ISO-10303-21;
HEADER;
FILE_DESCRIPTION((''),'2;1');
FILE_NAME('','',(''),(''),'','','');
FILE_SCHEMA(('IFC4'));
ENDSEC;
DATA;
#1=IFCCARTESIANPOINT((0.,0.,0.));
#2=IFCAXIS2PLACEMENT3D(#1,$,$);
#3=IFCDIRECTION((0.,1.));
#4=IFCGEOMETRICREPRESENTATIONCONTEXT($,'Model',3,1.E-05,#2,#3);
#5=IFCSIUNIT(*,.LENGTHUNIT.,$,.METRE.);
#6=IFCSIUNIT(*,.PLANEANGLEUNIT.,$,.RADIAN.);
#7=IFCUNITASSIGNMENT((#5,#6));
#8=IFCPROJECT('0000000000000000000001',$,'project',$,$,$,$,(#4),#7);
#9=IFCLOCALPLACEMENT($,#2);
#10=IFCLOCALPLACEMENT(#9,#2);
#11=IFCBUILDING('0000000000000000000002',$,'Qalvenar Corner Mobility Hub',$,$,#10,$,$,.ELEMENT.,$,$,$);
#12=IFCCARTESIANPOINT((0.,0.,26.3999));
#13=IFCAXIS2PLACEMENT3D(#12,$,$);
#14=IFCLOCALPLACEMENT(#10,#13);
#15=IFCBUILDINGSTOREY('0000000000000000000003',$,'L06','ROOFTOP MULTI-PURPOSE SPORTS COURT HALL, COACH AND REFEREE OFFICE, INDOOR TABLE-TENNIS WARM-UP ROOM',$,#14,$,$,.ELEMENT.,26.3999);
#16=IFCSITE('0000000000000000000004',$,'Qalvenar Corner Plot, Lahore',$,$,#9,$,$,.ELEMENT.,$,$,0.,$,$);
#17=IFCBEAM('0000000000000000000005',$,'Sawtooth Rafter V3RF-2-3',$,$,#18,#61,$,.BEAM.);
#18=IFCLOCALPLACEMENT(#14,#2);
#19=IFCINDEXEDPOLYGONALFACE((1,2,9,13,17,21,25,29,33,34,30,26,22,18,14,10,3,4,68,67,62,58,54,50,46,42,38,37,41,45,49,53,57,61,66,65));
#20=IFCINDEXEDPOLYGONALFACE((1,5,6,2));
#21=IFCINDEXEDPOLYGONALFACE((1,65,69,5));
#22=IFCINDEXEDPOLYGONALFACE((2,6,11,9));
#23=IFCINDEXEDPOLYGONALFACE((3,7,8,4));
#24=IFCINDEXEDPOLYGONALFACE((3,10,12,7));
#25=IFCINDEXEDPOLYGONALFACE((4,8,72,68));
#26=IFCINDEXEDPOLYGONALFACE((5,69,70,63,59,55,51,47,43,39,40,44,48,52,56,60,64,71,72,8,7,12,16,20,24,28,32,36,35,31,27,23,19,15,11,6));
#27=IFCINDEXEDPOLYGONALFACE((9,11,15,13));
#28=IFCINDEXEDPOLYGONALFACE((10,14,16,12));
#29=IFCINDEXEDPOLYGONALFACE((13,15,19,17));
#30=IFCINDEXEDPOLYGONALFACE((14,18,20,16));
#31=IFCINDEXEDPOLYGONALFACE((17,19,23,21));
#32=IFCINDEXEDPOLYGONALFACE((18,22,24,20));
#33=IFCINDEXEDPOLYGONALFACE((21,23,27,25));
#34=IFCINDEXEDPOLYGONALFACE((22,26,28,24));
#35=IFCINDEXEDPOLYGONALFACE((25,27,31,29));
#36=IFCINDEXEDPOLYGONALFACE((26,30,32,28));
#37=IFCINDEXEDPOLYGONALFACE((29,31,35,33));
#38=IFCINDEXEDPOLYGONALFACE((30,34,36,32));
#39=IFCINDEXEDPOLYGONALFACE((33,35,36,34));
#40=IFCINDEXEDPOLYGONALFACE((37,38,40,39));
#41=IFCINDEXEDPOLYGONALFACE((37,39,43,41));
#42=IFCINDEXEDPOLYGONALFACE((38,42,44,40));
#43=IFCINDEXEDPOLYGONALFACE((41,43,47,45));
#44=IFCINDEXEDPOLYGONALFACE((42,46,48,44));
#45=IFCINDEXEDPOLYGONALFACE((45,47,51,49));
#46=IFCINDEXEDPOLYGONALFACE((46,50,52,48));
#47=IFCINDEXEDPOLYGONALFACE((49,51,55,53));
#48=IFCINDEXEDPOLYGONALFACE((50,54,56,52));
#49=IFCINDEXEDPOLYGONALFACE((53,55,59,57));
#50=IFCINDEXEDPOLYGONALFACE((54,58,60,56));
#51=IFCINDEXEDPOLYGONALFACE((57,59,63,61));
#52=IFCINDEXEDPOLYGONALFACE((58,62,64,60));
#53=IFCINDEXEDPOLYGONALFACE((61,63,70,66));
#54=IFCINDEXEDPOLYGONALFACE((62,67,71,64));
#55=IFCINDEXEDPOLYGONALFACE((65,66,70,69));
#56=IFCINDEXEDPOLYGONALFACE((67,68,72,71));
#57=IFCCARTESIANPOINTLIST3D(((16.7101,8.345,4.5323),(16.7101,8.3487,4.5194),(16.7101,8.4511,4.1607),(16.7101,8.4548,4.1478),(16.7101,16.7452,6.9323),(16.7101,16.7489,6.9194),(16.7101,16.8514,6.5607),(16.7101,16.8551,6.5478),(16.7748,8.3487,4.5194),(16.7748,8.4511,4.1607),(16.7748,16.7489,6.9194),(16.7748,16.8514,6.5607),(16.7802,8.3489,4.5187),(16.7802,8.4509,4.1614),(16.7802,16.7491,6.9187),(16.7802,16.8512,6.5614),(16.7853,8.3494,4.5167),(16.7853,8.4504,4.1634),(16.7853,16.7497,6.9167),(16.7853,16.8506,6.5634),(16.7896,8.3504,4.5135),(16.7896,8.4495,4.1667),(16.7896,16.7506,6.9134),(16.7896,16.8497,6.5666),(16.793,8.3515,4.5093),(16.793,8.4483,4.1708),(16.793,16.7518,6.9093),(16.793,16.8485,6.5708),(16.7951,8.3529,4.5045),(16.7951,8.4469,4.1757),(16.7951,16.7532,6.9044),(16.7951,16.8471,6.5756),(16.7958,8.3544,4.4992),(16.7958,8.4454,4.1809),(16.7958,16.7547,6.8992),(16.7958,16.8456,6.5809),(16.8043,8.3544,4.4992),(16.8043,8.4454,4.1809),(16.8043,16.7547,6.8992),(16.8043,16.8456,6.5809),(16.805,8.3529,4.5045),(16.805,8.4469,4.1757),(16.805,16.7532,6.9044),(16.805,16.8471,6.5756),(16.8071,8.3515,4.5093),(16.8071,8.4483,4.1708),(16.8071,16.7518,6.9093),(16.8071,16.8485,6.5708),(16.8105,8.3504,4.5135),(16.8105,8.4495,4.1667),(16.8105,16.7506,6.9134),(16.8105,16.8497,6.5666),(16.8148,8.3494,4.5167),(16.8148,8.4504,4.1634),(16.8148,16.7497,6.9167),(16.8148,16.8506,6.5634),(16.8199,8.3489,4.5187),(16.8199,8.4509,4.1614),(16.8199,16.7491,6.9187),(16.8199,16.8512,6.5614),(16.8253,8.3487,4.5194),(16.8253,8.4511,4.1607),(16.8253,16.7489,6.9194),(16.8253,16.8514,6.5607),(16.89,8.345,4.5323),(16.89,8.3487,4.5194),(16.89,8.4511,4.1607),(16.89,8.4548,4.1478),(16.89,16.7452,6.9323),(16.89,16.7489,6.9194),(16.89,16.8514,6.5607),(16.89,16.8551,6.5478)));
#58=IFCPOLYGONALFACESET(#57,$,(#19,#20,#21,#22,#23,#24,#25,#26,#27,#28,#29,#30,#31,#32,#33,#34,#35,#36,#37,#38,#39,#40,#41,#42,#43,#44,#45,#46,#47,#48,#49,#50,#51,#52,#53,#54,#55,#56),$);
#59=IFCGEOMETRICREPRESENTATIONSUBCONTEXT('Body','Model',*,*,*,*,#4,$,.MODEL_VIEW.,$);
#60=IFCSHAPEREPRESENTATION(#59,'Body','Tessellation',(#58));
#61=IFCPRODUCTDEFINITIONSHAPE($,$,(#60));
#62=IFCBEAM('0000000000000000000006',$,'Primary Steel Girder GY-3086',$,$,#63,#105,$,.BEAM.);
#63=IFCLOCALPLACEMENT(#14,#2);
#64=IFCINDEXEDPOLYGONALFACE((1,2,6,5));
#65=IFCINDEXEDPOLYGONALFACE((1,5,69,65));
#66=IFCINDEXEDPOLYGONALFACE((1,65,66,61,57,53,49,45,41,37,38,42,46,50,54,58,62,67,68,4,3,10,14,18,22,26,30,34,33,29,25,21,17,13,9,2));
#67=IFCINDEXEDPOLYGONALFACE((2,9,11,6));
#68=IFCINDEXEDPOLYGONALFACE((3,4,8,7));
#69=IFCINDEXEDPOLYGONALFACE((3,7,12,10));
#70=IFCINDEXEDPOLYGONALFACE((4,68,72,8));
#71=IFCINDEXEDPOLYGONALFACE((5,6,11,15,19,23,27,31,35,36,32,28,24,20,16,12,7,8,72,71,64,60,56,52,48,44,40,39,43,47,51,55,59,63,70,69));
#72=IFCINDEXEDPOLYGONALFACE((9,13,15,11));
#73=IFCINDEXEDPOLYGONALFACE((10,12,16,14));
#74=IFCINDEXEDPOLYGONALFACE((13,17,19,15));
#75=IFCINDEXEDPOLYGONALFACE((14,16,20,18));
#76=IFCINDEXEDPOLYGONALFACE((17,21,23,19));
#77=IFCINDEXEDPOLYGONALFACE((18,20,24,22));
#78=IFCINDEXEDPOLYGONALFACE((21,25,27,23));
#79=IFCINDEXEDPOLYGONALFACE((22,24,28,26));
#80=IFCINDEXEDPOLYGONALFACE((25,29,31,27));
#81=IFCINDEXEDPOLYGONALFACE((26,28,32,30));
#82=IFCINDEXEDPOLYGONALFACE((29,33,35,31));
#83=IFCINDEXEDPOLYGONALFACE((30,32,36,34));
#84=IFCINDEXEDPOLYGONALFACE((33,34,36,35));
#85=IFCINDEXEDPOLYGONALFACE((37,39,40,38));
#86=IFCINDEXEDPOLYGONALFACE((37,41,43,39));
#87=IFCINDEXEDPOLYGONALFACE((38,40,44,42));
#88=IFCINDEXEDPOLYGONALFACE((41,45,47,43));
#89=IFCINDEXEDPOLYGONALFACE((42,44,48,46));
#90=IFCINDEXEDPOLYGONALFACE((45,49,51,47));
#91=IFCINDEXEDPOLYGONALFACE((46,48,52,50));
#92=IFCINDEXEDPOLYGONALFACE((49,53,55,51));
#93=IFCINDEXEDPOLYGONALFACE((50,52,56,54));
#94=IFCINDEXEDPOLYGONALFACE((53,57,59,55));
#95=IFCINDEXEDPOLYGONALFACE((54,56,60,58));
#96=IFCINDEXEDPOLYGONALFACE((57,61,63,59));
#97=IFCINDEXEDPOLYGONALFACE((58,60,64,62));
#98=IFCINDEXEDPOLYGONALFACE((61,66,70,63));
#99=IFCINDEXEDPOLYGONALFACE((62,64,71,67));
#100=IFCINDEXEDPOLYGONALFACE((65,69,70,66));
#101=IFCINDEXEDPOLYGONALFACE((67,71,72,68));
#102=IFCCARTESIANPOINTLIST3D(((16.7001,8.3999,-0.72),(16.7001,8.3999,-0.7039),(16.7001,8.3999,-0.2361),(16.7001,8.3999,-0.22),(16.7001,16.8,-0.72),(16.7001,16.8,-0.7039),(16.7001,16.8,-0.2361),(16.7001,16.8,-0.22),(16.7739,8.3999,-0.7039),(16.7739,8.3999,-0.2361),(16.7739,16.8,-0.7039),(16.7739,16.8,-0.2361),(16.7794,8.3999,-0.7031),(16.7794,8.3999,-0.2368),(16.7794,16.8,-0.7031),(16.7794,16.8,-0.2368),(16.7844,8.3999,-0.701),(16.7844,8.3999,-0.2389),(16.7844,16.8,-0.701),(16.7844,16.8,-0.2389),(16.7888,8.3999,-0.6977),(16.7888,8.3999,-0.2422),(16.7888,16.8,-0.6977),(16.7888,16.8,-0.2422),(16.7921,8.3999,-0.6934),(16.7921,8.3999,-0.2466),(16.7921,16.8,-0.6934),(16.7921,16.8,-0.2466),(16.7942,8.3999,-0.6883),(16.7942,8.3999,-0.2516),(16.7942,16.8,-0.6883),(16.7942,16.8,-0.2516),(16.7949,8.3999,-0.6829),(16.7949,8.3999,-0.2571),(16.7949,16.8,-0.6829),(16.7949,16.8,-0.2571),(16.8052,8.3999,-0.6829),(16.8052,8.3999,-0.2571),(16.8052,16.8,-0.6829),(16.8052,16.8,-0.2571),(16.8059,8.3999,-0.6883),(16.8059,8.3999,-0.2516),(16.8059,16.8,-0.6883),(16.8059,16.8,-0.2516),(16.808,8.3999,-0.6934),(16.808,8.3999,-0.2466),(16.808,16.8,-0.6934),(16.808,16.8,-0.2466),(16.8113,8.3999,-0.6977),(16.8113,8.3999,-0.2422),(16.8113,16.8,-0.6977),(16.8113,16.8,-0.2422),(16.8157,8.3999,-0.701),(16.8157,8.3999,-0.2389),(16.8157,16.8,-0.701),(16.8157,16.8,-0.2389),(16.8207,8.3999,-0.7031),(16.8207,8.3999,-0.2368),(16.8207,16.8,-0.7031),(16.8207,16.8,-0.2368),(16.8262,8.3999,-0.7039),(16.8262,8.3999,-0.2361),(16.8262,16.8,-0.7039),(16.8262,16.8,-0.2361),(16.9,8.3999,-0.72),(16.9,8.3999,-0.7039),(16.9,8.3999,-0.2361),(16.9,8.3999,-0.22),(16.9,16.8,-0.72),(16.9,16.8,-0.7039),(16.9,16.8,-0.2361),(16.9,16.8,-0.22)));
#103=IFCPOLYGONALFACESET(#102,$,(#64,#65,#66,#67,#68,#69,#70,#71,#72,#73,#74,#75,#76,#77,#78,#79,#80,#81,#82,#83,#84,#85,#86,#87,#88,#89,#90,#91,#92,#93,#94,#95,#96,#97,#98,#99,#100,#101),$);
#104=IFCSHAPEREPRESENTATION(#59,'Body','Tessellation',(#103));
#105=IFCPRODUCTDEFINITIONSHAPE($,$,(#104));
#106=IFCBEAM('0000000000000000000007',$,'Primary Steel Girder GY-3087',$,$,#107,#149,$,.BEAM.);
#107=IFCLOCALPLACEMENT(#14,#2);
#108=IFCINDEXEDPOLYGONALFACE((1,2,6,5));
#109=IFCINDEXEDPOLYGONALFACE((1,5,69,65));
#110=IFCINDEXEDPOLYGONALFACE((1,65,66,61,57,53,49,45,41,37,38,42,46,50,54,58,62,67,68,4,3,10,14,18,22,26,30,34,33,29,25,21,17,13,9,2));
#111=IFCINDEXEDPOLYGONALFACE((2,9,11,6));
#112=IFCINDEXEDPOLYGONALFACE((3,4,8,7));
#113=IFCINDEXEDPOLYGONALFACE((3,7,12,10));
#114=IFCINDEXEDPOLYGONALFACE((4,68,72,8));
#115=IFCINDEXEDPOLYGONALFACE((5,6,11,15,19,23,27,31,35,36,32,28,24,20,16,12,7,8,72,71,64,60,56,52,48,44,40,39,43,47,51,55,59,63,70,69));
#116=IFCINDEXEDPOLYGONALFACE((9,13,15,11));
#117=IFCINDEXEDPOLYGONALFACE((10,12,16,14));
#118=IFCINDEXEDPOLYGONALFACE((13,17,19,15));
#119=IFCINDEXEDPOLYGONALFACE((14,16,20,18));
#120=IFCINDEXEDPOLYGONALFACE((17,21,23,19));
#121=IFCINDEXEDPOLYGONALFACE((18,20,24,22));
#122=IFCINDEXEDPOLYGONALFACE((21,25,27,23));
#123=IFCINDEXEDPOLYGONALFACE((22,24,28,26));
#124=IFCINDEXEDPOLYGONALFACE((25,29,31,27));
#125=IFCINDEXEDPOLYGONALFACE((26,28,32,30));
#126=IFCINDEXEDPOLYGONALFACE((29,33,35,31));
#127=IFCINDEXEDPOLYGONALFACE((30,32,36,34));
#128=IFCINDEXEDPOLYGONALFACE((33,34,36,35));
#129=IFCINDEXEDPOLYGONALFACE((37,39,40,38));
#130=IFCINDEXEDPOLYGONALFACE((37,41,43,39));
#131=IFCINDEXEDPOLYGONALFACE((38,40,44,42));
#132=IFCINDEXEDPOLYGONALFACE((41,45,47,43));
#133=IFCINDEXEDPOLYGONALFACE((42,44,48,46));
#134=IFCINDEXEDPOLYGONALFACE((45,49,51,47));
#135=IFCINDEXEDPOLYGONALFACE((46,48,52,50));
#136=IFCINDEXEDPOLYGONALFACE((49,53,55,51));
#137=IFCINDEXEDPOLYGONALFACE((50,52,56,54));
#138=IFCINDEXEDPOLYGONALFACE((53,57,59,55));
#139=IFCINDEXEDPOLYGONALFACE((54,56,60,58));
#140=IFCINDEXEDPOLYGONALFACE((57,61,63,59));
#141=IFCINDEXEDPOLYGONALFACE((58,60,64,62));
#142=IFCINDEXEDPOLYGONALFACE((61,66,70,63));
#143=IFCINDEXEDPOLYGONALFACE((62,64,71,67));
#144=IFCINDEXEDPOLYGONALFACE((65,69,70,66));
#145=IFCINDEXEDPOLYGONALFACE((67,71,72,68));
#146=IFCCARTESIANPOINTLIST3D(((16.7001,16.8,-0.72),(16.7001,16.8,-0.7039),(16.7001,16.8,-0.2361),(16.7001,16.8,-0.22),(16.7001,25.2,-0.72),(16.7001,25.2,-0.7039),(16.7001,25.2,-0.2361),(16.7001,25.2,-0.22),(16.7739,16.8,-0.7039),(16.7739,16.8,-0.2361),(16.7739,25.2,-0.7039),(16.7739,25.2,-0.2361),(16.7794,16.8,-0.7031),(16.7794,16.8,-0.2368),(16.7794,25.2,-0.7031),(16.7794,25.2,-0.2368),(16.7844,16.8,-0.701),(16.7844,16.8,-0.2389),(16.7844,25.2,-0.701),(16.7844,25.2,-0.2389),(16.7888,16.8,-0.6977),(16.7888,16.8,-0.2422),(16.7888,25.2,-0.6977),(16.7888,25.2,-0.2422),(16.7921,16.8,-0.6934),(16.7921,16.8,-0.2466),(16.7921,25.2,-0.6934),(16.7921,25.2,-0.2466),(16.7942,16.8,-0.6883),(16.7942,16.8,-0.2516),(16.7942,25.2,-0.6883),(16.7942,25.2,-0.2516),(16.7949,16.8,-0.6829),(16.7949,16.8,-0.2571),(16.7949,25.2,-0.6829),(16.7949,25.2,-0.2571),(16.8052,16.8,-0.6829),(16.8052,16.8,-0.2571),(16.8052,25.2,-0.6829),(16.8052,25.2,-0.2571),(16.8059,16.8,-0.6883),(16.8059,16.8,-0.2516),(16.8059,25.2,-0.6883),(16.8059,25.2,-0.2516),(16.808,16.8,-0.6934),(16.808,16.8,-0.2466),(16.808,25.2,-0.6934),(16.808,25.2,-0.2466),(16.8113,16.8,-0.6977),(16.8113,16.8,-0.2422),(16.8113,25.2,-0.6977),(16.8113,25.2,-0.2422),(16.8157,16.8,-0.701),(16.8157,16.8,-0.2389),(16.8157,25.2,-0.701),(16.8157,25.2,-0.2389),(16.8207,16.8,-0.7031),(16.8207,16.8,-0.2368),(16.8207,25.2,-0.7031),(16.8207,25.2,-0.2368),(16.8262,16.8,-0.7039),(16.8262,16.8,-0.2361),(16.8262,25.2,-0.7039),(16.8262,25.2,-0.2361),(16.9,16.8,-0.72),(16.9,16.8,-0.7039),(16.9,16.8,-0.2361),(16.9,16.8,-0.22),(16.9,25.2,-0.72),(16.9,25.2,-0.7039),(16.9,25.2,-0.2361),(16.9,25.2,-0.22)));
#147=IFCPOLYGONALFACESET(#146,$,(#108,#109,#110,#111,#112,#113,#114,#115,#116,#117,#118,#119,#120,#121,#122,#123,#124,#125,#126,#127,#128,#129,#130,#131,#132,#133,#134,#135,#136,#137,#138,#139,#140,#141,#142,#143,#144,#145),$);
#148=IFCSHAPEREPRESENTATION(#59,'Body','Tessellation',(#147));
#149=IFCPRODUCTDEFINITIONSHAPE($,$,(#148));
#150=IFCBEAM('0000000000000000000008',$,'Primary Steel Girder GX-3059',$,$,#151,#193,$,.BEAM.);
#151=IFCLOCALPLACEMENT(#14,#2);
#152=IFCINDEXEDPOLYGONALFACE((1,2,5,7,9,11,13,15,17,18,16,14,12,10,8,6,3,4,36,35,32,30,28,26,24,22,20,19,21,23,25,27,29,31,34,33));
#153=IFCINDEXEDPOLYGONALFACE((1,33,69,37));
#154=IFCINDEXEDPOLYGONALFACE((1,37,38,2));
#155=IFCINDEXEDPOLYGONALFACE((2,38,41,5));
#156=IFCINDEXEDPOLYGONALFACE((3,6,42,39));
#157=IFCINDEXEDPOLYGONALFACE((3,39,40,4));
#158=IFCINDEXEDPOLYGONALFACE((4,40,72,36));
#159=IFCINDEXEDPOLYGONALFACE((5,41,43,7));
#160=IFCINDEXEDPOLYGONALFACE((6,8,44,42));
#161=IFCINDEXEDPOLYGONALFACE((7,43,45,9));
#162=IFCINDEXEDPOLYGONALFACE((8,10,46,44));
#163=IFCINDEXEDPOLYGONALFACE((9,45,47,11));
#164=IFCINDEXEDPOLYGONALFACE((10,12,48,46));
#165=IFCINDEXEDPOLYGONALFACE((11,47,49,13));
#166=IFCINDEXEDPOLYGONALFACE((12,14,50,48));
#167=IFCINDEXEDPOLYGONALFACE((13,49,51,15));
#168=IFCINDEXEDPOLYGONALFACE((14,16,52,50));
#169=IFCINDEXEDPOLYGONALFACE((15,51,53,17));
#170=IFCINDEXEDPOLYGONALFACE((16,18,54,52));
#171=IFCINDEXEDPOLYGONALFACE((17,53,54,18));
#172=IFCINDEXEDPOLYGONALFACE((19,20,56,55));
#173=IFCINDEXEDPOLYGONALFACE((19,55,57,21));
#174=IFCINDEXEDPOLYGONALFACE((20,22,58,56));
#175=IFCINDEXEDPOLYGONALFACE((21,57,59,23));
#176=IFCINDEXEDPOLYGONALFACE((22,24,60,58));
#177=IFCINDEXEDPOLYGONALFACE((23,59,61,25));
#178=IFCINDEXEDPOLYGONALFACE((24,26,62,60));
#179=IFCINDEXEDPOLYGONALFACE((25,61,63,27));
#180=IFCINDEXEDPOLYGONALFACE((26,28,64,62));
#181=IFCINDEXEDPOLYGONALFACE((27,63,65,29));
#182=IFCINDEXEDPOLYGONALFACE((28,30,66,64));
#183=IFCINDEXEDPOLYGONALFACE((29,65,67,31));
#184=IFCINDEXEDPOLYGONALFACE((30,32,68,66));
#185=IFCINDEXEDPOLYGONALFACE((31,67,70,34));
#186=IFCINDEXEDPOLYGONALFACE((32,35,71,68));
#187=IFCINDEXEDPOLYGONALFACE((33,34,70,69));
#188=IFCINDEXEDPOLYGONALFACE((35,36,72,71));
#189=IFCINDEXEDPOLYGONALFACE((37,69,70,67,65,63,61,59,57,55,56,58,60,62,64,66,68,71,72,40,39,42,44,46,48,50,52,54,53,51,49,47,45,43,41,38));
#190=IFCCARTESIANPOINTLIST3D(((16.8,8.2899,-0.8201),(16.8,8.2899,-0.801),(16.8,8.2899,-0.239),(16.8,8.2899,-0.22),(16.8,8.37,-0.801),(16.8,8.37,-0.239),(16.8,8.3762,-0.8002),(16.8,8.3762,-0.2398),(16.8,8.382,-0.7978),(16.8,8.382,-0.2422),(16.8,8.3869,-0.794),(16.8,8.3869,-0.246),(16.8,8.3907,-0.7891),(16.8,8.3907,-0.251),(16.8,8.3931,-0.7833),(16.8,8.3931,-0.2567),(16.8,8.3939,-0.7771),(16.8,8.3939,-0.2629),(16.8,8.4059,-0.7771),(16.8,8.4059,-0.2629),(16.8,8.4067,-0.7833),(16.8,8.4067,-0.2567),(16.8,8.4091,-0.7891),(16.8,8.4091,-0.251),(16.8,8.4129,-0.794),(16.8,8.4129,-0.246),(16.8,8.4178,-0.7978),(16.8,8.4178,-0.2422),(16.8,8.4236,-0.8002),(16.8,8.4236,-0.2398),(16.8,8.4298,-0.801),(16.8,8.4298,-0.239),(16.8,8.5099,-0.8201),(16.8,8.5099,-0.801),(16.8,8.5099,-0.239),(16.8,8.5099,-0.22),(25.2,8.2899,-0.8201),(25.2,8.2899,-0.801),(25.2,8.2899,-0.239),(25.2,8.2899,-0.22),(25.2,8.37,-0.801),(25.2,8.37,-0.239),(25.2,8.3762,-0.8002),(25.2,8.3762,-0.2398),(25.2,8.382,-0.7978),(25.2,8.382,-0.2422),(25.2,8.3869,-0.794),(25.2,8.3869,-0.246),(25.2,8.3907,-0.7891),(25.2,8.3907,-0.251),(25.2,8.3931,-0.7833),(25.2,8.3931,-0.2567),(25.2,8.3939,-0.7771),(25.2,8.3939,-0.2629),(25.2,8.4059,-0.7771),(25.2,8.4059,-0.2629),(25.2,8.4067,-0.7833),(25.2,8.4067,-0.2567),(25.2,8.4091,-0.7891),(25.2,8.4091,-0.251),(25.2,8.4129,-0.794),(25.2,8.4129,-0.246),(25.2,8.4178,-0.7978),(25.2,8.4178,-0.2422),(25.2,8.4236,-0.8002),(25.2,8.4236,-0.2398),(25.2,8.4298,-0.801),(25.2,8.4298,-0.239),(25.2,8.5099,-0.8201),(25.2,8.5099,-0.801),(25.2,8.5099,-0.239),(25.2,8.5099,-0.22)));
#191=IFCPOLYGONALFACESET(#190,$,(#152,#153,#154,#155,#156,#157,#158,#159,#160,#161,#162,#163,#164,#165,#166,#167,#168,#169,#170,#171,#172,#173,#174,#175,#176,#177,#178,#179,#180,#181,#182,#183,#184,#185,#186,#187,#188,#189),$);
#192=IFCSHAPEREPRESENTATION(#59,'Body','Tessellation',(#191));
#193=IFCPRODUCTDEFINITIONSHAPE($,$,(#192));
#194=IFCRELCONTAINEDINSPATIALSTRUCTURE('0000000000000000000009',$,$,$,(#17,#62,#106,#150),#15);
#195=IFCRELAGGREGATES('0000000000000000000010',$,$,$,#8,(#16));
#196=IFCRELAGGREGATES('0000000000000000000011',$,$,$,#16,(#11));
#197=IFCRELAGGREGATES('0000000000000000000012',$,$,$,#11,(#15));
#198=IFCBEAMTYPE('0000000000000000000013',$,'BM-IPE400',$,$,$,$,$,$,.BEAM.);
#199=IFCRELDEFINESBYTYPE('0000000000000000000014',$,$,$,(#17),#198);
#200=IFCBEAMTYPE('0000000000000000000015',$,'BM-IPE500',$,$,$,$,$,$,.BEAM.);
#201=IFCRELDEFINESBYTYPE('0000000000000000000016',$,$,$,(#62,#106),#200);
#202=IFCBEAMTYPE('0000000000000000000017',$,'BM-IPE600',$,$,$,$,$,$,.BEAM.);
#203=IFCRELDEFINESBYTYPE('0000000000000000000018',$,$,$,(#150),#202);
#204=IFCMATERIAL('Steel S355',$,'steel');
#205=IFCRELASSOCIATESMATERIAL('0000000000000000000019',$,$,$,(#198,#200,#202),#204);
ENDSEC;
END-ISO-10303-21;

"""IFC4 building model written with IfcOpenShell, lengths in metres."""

from ifc_helpers import new_model, si_unit, direction, frame, origin, origin_2d, place, context, subcontext, project, spatial, i_section, extrude, material, material_profile, profile_set, type_object, element, save


model = new_model("IFC4")

# Units and contexts
model_context = context("Model", 3, precision=1e-05, world=origin(), true_north=direction((0.0, 1.0)))
body_context = subcontext(model_context, "Body", "Model", "MODEL_VIEW")
ifc_project = project(units=[si_unit("LENGTHUNIT", "METRE"), si_unit("PLANEANGLEUNIT", "RADIAN")], contexts=[model_context])

# Site, building, storey
site_placement = place(None, origin())
site = spatial("IfcSite", under=ifc_project, at=site_placement, Name="Qalvenar Corner Plot, Lahore", CompositionType="ELEMENT", RefElevation=0.0)
building_placement = place(site_placement, origin())
building = spatial("IfcBuilding", under=site, at=building_placement, Name="Qalvenar Corner Mobility Hub", CompositionType="ELEMENT")
storey_placement = place(building_placement, frame((0.0, 0.0, 26.3999)))
storey = spatial("IfcBuildingStorey", under=building, at=storey_placement, Name="L06", Description="ROOFTOP MULTI-PURPOSE SPORTS COURT HALL, COACH AND REFEREE OFFICE, INDOOR TABLE-TENNIS WARM-UP ROOM", CompositionType="ELEMENT", Elevation=26.3999)

# Shared definitions
ifc_material_1 = material(Name="Steel S355", Category="steel")

# Beams
ifc_material_profile_1 = material_profile(ifc_material_1, i_section(OverallWidth=0.1799, OverallDepth=0.3999, WebThickness=0.0085, FlangeThickness=0.0134, FilletRadius=0.021, at=origin_2d()), Name="IPE400")
ifc_profile_set_1 = profile_set([ifc_material_profile_1], Name="Steel S355")
beam_type_1 = type_object("IfcBeamType", Name="BM-IPE400", PredefinedType="BEAM", material=ifc_profile_set_1)
beam_1_placement = place(storey_placement, frame((16.8, 8.3999, 4.3401), z_axis=(0.0, 0.961528, 0.274706), x_axis=(-1.0, 0.0, 0.0)))
element("IfcBeam", 1, at=beam_1_placement, inside=storey, type_object=beam_type_1, Name="Sawtooth Rafter V3RF-2-3", PredefinedType="BEAM", context=body_context, shape_type="SweptSolid", body=[
    extrude(i_section(OverallWidth=0.1799, OverallDepth=0.3999, WebThickness=0.0085, FlangeThickness=0.0134, FilletRadius=0.021, at=origin_2d()), origin(), (0.0, 0.0, 1.0), 8.7363),
])
ifc_material_profile_2 = material_profile(ifc_material_1, i_section(OverallWidth=0.2, OverallDepth=0.5, WebThickness=0.0103, FlangeThickness=0.0161, FilletRadius=0.021, at=origin_2d()), Name="IPE500")
ifc_profile_set_2 = profile_set([ifc_material_profile_2], Name="Steel S355")
beam_type_2 = type_object("IfcBeamType", Name="BM-IPE500", PredefinedType="BEAM", material=ifc_profile_set_2)
beam_2_placement = place(storey_placement, frame((16.8, 8.3999, -0.47), z_axis=(0.0, 1.0, 0.0), x_axis=(-1.0, 0.0, 0.0)))
element("IfcBeam", 2, at=beam_2_placement, inside=storey, type_object=beam_type_2, Name="Primary Steel Girder GY-3086", PredefinedType="BEAM", context=body_context, shape_type="SweptSolid", body=[
    extrude(i_section(OverallWidth=0.2, OverallDepth=0.5, WebThickness=0.0103, FlangeThickness=0.0161, FilletRadius=0.021, at=origin_2d()), origin(), (0.0, 0.0, 1.0), 8.4001),
])
beam_3_placement = place(storey_placement, frame((16.8, 16.8, -0.47), z_axis=(0.0, 1.0, 0.0), x_axis=(-1.0, 0.0, 0.0)))
element("IfcBeam", 3, at=beam_3_placement, inside=storey, type_object=beam_type_2, Name="Primary Steel Girder GY-3087", PredefinedType="BEAM", context=body_context, shape_type="SweptSolid", body=[
    extrude(i_section(OverallWidth=0.2, OverallDepth=0.5, WebThickness=0.0103, FlangeThickness=0.0161, FilletRadius=0.021, at=origin_2d()), origin(), (0.0, 0.0, 1.0), 8.3999),
])
ifc_material_profile_3 = material_profile(ifc_material_1, i_section(OverallWidth=0.22, OverallDepth=0.6001, WebThickness=0.012, FlangeThickness=0.019, FilletRadius=0.0239, at=origin_2d()), Name="IPE600")
ifc_profile_set_3 = profile_set([ifc_material_profile_3], Name="Steel S355")
beam_type_3 = type_object("IfcBeamType", Name="BM-IPE600", PredefinedType="BEAM", material=ifc_profile_set_3)
for number, where, z_axis, x_axis, name in (
    (4, (16.8, 8.3999, -0.52), (1.0, 0.0, 0.0), (0.0, 1.0, 0.0), "Primary Steel Girder GX-3059"),
):
    element("IfcBeam", number, at=place(storey_placement, frame(where, z_axis=z_axis, x_axis=x_axis)), inside=storey, type_object=beam_type_3, Name=name, PredefinedType="BEAM", context=body_context, shape_type="SweptSolid", body=[
        extrude(i_section(OverallWidth=0.22, OverallDepth=0.6001, WebThickness=0.012, FlangeThickness=0.019, FilletRadius=0.0239, at=origin_2d()), origin(), (0.0, 0.0, 1.0), 8.3999),
    ])

save(model, "model.ifc")
